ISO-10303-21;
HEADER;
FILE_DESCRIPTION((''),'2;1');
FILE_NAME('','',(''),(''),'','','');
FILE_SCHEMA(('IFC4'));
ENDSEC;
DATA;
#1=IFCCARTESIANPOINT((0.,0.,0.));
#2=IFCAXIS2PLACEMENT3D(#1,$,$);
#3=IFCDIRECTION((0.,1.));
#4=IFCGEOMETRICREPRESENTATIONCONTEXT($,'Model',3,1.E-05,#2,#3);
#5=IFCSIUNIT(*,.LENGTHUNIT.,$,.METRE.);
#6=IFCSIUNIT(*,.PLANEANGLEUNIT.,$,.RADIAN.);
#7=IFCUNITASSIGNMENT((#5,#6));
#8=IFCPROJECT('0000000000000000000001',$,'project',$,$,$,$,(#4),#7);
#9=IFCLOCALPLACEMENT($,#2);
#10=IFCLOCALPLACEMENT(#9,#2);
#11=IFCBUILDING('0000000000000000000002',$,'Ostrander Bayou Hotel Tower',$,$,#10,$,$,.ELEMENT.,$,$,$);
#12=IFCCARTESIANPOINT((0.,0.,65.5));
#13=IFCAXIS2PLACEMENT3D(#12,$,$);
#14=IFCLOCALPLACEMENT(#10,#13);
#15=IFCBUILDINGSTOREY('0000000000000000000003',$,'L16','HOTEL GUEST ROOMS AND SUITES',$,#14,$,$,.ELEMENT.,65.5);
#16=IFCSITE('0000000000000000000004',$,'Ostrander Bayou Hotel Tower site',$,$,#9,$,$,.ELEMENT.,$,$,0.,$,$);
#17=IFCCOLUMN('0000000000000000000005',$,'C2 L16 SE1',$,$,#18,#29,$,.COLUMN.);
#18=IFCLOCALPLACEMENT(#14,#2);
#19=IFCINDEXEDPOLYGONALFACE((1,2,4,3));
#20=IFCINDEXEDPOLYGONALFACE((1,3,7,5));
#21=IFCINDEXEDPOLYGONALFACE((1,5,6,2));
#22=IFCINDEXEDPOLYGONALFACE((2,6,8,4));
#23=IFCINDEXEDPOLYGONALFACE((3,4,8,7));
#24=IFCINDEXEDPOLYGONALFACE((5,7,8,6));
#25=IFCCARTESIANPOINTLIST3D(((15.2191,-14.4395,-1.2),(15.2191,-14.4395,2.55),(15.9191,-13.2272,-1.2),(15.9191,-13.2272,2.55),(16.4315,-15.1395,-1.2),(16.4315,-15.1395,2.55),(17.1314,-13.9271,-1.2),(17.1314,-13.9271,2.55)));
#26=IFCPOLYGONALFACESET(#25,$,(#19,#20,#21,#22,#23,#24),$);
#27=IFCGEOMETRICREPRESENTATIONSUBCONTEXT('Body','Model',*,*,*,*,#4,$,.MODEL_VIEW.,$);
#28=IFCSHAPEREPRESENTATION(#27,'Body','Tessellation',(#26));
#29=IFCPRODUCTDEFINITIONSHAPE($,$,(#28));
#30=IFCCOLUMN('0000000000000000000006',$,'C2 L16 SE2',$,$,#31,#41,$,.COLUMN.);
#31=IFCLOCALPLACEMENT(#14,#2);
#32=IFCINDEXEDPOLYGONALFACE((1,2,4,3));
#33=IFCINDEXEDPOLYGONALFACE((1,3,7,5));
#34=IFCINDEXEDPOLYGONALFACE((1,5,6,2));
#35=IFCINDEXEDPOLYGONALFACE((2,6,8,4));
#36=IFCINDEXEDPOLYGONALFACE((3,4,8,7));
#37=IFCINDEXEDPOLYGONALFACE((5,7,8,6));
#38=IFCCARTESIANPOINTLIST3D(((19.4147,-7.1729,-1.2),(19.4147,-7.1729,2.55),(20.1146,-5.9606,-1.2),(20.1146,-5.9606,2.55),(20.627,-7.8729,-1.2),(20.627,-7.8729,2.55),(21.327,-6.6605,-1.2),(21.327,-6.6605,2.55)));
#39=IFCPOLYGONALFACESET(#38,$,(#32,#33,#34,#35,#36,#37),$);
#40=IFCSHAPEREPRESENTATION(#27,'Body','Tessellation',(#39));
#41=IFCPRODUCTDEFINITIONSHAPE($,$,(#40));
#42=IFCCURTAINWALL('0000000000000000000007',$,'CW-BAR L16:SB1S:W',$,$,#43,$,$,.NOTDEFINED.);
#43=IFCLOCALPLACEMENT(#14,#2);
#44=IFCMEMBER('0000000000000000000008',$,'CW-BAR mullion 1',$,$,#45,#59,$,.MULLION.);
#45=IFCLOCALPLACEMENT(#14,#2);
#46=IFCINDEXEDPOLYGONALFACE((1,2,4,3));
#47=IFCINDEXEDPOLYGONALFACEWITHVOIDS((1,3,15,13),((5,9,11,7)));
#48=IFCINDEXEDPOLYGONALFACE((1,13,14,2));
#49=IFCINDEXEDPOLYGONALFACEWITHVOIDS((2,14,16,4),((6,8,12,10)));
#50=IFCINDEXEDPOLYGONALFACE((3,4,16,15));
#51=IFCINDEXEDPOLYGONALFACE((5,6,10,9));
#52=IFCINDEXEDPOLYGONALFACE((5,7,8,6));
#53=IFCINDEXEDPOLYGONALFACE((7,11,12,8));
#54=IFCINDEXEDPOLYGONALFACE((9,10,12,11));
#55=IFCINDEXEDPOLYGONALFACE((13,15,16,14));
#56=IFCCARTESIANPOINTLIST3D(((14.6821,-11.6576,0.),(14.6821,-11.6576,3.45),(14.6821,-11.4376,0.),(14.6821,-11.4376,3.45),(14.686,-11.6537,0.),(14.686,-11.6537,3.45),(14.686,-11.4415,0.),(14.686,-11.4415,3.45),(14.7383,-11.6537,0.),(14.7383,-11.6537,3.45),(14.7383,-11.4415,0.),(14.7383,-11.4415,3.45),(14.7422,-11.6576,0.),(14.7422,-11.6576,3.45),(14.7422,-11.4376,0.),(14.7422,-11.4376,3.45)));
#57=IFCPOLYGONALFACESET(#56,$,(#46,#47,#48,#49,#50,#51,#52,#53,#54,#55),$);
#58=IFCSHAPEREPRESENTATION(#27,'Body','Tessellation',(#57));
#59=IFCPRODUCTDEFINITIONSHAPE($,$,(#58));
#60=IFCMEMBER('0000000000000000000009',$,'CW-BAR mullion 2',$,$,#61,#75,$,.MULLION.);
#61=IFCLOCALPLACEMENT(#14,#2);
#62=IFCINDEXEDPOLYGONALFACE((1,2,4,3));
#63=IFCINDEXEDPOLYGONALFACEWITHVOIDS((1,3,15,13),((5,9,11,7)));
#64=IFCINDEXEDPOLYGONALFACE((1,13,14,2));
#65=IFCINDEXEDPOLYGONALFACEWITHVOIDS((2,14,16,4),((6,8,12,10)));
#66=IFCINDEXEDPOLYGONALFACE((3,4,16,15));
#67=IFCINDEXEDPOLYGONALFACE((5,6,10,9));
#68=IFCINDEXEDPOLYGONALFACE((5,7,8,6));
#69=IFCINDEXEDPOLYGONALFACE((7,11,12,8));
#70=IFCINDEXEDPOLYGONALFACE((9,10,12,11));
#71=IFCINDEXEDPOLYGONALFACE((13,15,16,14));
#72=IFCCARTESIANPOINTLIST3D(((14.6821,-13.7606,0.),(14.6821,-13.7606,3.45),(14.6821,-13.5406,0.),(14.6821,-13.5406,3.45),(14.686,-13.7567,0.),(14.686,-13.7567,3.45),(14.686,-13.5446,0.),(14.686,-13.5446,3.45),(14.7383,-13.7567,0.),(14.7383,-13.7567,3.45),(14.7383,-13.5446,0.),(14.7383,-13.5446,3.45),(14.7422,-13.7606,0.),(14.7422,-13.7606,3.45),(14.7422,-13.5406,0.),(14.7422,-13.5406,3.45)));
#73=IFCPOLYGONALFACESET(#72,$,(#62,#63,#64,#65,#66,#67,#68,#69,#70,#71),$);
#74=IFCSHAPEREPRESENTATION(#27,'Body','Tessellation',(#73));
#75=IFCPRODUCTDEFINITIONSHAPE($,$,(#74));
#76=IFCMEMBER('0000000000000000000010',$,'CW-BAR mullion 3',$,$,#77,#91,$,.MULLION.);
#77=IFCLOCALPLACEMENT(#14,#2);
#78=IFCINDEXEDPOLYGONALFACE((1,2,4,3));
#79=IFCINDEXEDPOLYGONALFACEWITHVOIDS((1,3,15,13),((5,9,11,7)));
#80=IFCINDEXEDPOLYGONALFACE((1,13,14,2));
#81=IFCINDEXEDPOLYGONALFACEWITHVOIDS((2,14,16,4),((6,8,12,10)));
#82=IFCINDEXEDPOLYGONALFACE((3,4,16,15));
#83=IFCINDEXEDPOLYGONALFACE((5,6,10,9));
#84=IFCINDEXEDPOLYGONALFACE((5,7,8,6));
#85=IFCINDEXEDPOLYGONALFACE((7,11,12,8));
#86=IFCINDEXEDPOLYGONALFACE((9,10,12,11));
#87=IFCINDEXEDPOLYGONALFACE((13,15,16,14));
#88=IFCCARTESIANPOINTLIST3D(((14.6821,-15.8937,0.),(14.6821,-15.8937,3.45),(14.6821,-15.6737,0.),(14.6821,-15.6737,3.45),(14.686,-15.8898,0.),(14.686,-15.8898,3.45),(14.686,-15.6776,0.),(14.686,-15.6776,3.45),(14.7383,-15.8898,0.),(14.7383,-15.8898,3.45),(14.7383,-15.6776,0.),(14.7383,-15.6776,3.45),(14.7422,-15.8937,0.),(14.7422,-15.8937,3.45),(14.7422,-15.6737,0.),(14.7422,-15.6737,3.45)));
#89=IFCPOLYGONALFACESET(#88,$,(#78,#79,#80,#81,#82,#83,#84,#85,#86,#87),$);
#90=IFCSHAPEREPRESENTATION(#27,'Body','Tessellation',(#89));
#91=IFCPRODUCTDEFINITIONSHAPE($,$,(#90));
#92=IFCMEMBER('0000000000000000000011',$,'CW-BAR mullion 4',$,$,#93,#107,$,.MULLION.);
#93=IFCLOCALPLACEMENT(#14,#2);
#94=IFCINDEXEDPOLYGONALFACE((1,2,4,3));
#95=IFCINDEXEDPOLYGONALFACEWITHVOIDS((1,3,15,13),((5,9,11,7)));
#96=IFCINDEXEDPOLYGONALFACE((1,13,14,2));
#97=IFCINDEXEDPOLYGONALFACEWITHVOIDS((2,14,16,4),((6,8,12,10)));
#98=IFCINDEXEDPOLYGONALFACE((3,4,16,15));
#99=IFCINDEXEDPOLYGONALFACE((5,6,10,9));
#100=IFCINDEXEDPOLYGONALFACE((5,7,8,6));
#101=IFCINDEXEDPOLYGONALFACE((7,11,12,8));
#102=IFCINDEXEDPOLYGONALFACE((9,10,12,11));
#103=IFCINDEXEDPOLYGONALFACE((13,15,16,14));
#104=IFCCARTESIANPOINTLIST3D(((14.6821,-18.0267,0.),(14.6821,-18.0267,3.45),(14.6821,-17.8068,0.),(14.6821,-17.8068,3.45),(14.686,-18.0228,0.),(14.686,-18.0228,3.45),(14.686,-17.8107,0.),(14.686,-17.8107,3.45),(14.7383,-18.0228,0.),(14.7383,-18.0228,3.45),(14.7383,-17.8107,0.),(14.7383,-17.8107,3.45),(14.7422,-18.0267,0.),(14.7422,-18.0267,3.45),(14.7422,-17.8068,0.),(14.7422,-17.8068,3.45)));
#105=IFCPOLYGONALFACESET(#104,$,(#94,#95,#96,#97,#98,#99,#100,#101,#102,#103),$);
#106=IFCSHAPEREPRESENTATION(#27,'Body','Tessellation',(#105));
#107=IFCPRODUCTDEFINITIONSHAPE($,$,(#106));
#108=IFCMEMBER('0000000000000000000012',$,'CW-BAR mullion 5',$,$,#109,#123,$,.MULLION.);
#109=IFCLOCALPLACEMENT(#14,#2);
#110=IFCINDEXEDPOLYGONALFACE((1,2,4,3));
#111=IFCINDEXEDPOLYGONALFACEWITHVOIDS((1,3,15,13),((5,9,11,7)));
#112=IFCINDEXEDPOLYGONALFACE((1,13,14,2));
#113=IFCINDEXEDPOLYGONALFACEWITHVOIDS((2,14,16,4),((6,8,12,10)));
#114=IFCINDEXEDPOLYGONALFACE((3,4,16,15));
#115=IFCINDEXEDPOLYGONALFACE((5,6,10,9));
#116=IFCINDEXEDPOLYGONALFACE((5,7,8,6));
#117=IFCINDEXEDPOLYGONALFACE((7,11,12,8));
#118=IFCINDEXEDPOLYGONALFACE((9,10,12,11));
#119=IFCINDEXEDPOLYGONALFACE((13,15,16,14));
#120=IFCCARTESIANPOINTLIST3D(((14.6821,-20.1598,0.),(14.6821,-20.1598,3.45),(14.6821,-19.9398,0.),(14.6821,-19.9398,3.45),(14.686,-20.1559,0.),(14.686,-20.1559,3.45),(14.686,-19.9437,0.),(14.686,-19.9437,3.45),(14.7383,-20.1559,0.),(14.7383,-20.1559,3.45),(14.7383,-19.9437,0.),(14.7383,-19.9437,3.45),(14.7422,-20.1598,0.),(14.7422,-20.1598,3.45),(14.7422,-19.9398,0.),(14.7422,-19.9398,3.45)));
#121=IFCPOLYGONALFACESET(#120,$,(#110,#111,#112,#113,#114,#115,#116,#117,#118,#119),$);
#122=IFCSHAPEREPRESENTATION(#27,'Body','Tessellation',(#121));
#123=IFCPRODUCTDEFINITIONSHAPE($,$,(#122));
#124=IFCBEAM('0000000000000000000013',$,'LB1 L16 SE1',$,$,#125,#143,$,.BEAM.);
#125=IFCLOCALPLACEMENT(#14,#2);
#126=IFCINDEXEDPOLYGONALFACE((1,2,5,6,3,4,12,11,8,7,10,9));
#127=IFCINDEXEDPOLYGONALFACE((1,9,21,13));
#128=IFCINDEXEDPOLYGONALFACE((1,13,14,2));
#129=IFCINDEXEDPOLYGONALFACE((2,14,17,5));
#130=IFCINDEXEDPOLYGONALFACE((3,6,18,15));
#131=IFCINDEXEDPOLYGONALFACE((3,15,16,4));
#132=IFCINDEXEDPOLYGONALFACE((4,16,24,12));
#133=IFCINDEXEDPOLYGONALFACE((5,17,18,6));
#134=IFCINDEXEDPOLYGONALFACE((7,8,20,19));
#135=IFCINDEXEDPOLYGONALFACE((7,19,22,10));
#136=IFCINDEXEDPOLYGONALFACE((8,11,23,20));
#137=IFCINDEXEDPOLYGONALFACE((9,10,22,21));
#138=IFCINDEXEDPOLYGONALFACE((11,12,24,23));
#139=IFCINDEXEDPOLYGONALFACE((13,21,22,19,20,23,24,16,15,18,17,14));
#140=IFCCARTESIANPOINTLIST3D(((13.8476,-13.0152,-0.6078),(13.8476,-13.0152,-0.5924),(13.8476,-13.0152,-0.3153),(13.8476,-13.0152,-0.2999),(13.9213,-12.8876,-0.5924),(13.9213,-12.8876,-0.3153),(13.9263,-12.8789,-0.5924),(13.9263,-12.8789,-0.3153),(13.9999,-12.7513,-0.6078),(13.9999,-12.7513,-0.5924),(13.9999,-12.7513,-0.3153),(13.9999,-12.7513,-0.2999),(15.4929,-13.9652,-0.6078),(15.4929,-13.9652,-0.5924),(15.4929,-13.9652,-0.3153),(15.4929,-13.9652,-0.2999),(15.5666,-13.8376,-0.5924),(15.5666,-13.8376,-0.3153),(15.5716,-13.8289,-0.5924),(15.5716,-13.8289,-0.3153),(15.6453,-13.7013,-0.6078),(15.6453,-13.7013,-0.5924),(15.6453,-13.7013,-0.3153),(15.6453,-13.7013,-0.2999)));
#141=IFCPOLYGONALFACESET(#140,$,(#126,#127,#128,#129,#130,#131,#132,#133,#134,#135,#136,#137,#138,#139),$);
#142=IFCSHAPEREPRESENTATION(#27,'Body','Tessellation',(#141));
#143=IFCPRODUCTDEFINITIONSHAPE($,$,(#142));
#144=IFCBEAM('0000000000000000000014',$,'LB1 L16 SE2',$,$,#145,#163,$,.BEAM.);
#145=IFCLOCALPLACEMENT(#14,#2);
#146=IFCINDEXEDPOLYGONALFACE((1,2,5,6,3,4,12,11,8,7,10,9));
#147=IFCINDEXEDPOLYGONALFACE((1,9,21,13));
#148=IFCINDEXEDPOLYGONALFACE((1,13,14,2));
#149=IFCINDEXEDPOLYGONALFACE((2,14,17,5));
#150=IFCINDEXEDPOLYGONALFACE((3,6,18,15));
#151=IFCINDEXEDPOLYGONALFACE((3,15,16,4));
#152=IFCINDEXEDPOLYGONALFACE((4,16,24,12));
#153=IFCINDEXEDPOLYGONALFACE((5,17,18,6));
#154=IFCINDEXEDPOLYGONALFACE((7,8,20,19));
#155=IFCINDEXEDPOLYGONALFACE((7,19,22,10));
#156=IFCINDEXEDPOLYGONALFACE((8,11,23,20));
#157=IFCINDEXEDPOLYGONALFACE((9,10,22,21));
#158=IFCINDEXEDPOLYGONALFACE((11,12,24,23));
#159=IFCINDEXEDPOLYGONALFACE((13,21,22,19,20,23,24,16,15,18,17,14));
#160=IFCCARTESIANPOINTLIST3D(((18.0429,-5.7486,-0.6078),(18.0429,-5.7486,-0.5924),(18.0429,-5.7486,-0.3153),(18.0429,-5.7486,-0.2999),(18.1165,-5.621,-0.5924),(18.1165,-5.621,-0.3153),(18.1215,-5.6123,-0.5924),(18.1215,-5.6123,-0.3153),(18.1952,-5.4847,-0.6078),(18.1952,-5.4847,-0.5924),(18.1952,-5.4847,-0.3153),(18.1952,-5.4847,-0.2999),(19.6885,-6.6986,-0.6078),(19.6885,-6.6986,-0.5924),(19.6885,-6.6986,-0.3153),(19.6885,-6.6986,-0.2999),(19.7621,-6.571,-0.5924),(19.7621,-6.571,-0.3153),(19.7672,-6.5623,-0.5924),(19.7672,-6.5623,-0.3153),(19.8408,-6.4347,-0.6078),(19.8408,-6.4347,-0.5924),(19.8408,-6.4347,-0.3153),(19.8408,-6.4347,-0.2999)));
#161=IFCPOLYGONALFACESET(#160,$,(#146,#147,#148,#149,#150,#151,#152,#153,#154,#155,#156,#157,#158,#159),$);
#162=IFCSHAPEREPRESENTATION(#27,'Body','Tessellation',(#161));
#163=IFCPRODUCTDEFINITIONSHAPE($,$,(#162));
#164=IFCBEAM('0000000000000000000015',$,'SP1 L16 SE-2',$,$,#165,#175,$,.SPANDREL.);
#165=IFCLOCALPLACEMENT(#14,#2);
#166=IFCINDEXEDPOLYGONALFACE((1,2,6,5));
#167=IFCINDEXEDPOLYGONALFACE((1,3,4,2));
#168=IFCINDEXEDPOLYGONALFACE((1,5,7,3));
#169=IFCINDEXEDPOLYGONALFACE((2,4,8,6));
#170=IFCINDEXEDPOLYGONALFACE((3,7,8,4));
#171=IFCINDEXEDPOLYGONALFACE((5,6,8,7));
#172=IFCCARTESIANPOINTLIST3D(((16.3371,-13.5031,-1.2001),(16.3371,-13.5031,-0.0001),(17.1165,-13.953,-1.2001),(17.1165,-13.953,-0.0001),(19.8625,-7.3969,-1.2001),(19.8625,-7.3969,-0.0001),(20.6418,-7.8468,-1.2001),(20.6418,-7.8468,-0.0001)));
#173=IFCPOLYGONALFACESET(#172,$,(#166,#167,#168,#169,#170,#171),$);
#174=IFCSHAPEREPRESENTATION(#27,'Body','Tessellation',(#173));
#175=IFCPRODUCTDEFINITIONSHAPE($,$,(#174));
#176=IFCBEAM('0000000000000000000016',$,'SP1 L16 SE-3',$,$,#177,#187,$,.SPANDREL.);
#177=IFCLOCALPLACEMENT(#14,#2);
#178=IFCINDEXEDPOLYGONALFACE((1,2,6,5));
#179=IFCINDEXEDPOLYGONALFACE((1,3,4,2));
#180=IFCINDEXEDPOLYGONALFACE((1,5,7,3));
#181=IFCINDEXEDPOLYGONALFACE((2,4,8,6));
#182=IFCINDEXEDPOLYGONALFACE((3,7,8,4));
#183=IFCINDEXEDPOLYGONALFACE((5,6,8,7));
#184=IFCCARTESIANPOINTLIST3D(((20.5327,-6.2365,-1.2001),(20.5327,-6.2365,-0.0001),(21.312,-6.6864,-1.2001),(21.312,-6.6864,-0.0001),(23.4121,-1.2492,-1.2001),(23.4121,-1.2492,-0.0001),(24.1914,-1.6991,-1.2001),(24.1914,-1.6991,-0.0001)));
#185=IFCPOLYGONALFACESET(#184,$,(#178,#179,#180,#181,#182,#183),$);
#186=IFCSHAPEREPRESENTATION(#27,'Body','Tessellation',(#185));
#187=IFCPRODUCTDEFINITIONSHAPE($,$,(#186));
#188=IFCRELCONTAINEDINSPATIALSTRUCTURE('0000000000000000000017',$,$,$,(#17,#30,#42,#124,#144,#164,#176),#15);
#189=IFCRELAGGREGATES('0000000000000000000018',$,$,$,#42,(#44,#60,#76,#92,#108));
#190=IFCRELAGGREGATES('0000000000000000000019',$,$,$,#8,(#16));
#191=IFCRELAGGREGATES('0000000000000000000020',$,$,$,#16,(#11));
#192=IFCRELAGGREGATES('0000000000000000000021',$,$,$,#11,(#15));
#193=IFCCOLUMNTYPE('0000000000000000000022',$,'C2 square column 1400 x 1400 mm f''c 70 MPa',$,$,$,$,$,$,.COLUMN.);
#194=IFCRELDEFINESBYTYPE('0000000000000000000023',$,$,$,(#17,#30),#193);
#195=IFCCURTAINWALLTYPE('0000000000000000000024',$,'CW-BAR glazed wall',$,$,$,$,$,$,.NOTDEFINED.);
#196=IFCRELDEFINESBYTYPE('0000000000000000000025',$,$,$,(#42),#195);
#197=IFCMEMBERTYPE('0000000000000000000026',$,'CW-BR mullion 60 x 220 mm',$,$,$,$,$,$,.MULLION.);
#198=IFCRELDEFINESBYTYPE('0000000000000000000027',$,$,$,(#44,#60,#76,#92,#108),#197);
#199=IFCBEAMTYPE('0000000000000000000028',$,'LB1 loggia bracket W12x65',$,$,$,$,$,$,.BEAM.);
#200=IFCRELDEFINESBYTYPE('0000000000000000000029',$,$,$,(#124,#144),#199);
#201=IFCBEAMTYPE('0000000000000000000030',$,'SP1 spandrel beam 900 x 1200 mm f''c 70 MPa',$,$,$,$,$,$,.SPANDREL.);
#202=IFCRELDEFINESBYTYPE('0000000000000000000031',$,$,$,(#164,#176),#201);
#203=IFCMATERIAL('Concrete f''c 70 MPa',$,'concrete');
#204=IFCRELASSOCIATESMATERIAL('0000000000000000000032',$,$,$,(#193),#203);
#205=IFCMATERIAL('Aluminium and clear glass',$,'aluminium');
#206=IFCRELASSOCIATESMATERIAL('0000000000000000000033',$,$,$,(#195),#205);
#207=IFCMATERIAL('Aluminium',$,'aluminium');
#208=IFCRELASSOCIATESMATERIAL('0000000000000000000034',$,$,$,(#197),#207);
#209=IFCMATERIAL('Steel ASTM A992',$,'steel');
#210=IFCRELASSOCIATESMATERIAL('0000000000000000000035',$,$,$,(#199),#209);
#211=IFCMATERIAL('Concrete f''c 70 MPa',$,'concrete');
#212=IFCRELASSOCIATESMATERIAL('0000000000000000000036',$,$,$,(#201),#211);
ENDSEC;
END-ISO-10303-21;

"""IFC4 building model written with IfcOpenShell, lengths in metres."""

from ifc_helpers import new_model, si_unit, direction, frame, origin, origin_2d, place, context, subcontext, project, spatial, rectangle, hollow_rectangle, i_section, extrude, material, material_profile, profile_set, type_object, element, aggregate, save


model = new_model("IFC4")

# Units and contexts
model_context = context("Model", 3, precision=1e-05, world=origin(), true_north=direction((0.0, 1.0)))
body_context = subcontext(model_context, "Body", "Model", "MODEL_VIEW")
ifc_project = project(units=[si_unit("LENGTHUNIT", "METRE"), si_unit("PLANEANGLEUNIT", "RADIAN")], contexts=[model_context])

# Site, building, storey
site_placement = place(None, origin())
site = spatial("IfcSite", under=ifc_project, at=site_placement, Name="Ostrander Bayou Hotel Tower site", CompositionType="ELEMENT", RefElevation=0.0)
building_placement = place(site_placement, origin())
building = spatial("IfcBuilding", under=site, at=building_placement, Name="Ostrander Bayou Hotel Tower", CompositionType="ELEMENT")
storey_placement = place(building_placement, frame((0.0, 0.0, 65.5)))
storey = spatial("IfcBuildingStorey", under=building, at=storey_placement, Name="L16", Description="HOTEL GUEST ROOMS AND SUITES", CompositionType="ELEMENT", Elevation=65.5)

# Columns
ifc_material_1 = material(Name="Concrete f'c 70 MPa", Category="concrete")
ifc_material_profile_1 = material_profile(ifc_material_1, rectangle(XDim=1.3999, YDim=1.3999, at=origin_2d()))
ifc_profile_set_1 = profile_set([ifc_material_profile_1], Name="Concrete f'c 70 MPa")
column_type = type_object("IfcColumnType", Name="C2 square column 1400 x 1400 mm f'c 70 MPa", PredefinedType="COLUMN", material=ifc_profile_set_1)
for number, where, z_axis, x_axis, name in (
    (1, (16.1753, -14.1833, -1.2), (0.0, 0.0, 1.0), (-0.5, -0.866025, 0.0), "C2 L16 SE1"),
    (2, (20.3708, -6.9167, -1.2), (0.0, 0.0, 1.0), (-0.5, -0.866025, 0.0), "C2 L16 SE2"),
):
    element("IfcColumn", number, at=place(storey_placement, frame(where, z_axis=z_axis, x_axis=x_axis)), inside=storey, type_object=column_type, Name=name, PredefinedType="COLUMN", context=body_context, shape_type="SweptSolid", body=[
        extrude(rectangle(XDim=1.3999, YDim=1.3999, at=origin_2d()), origin(), (0.0, 0.0, 1.0), 3.75),
    ])

# Curtain wall, members
ifc_material_2 = material(Name="Aluminium and clear glass", Category="aluminium")
curtain_wall_type = type_object("IfcCurtainWallType", Name="CW-BAR glazed wall", PredefinedType="NOTDEFINED", material=ifc_material_2)
curtain_wall_placement = place(storey_placement, origin())
curtain_wall = element("IfcCurtainWall", 3, at=curtain_wall_placement, inside=storey, type_object=curtain_wall_type, Name="CW-BAR L16:SB1S:W", PredefinedType="NOTDEFINED")
ifc_material_3 = material(Name="Aluminium", Category="aluminium")
ifc_material_profile_2 = material_profile(ifc_material_3, hollow_rectangle(XDim=0.0601, YDim=0.22, WallThickness=0.0039, at=origin_2d()))
ifc_profile_set_2 = profile_set([ifc_material_profile_2], Name="Aluminium")
member_type_1 = type_object("IfcMemberType", Name="CW-BR mullion 60 x 220 mm", PredefinedType="MULLION", material=ifc_profile_set_2)
member_1_placement = place(storey_placement, frame((14.7122, -11.5476, 0.0), z_axis=(0.0, 0.0, 1.0), x_axis=(1.0, 0.0, 0.0)))
member_1 = element("IfcMember", 4, at=member_1_placement, type_object=member_type_1, Name="CW-BAR mullion 1", PredefinedType="MULLION", context=body_context, shape_type="SweptSolid", body=[
    extrude(hollow_rectangle(XDim=0.0601, YDim=0.22, WallThickness=0.0039, at=origin_2d()), origin(), (0.0, 0.0, 1.0), 3.45),
])
member_2_placement = place(storey_placement, frame((14.7122, -13.6506, 0.0), z_axis=(0.0, 0.0, 1.0), x_axis=(1.0, 0.0, 0.0)))
member_2 = element("IfcMember", 5, at=member_2_placement, type_object=member_type_1, Name="CW-BAR mullion 2", PredefinedType="MULLION", context=body_context, shape_type="SweptSolid", body=[
    extrude(hollow_rectangle(XDim=0.0601, YDim=0.22, WallThickness=0.0039, at=origin_2d()), origin(), (0.0, 0.0, 1.0), 3.45),
])
member_3_placement = place(storey_placement, frame((14.7122, -15.7837, 0.0), z_axis=(0.0, 0.0, 1.0), x_axis=(1.0, 0.0, 0.0)))
member_3 = element("IfcMember", 6, at=member_3_placement, type_object=member_type_1, Name="CW-BAR mullion 3", PredefinedType="MULLION", context=body_context, shape_type="SweptSolid", body=[
    extrude(hollow_rectangle(XDim=0.0601, YDim=0.22, WallThickness=0.0039, at=origin_2d()), origin(), (0.0, 0.0, 1.0), 3.45),
])
member_4_placement = place(storey_placement, frame((14.7122, -17.9167, 0.0), z_axis=(0.0, 0.0, 1.0), x_axis=(1.0, 0.0, 0.0)))
member_4 = element("IfcMember", 7, at=member_4_placement, type_object=member_type_1, Name="CW-BAR mullion 4", PredefinedType="MULLION", context=body_context, shape_type="SweptSolid", body=[
    extrude(hollow_rectangle(XDim=0.0601, YDim=0.22, WallThickness=0.0039, at=origin_2d()), origin(), (0.0, 0.0, 1.0), 3.45),
])
member_5_placement = place(storey_placement, frame((14.7122, -20.0498, 0.0), z_axis=(0.0, 0.0, 1.0), x_axis=(1.0, 0.0, 0.0)))
member_5 = element("IfcMember", 8, at=member_5_placement, type_object=member_type_1, Name="CW-BAR mullion 5", PredefinedType="MULLION", context=body_context, shape_type="SweptSolid", body=[
    extrude(hollow_rectangle(XDim=0.0601, YDim=0.22, WallThickness=0.0039, at=origin_2d()), origin(), (0.0, 0.0, 1.0), 3.45),
])
aggregate(curtain_wall, [member_1, member_2, member_3, member_4, member_5])

# Beams
ifc_material_4 = material(Name="Steel ASTM A992", Category="steel")
ifc_material_profile_3 = material_profile(ifc_material_4, i_section(OverallWidth=0.3047, OverallDepth=0.3079, WebThickness=0.01, FlangeThickness=0.0154, at=origin_2d()))
ifc_profile_set_3 = profile_set([ifc_material_profile_3], Name="Steel ASTM A992")
beam_type_1 = type_object("IfcBeamType", Name="LB1 loggia bracket W12x65", PredefinedType="BEAM", material=ifc_profile_set_3)
beam_1_placement = place(storey_placement, frame((15.5691, -13.8333, -0.4539), z_axis=(-0.866012, 0.500023, 0.0), x_axis=(-0.500023, -0.866012, 0.0)))
element("IfcBeam", 9, at=beam_1_placement, inside=storey, type_object=beam_type_1, Name="LB1 L16 SE1", PredefinedType="BEAM", context=body_context, shape_type="SweptSolid", body=[
    extrude(i_section(OverallWidth=0.3047, OverallDepth=0.3079, WebThickness=0.01, FlangeThickness=0.0154, at=origin_2d()), origin(), (0.0, 0.0, 1.0), 1.8999),
])
beam_2_placement = place(storey_placement, frame((19.7646, -6.5667, -0.4539), z_axis=(-0.866044, 0.499967, 0.0), x_axis=(-0.499967, -0.866044, 0.0)))
element("IfcBeam", 10, at=beam_2_placement, inside=storey, type_object=beam_type_1, Name="LB1 L16 SE2", PredefinedType="BEAM", context=body_context, shape_type="SweptSolid", body=[
    extrude(i_section(OverallWidth=0.3047, OverallDepth=0.3079, WebThickness=0.01, FlangeThickness=0.0154, at=origin_2d()), origin(), (0.0, 0.0, 1.0), 1.9001),
])
ifc_material_5 = material(Name="Concrete f'c 70 MPa", Category="concrete")
ifc_material_profile_4 = material_profile(ifc_material_5, rectangle(XDim=0.8999, YDim=1.2, at=origin_2d()))
ifc_profile_set_4 = profile_set([ifc_material_profile_4], Name="Concrete f'c 70 MPa")
beam_type_2 = type_object("IfcBeamType", Name="SP1 spandrel beam 900 x 1200 mm f'c 70 MPa", PredefinedType="SPANDREL", material=ifc_profile_set_4)
beam_3_placement = place(storey_placement, frame((16.7268, -13.728, -0.6001), z_axis=(0.499997, 0.866027, 0.0), x_axis=(-0.866027, 0.499997, 0.0)))
element("IfcBeam", 11, at=beam_3_placement, inside=storey, type_object=beam_type_2, Name="SP1 L16 SE-2", PredefinedType="SPANDREL", context=body_context, shape_type="SweptSolid", body=[
    extrude(rectangle(XDim=0.8999, YDim=1.2, at=origin_2d()), origin(), (0.0, 0.0, 1.0), 7.0508),
])
beam_4_placement = place(storey_placement, frame((20.9224, -6.4614, -0.6001), z_axis=(0.499996, 0.866027, 0.0), x_axis=(-0.866027, 0.499996, 0.0)))
element("IfcBeam", 12, at=beam_4_placement, inside=storey, type_object=beam_type_2, Name="SP1 L16 SE-3", PredefinedType="SPANDREL", context=body_context, shape_type="SweptSolid", body=[
    extrude(rectangle(XDim=0.8999, YDim=1.2, at=origin_2d()), origin(), (0.0, 0.0, 1.0), 5.7588),
])

save(model, "model.ifc")
